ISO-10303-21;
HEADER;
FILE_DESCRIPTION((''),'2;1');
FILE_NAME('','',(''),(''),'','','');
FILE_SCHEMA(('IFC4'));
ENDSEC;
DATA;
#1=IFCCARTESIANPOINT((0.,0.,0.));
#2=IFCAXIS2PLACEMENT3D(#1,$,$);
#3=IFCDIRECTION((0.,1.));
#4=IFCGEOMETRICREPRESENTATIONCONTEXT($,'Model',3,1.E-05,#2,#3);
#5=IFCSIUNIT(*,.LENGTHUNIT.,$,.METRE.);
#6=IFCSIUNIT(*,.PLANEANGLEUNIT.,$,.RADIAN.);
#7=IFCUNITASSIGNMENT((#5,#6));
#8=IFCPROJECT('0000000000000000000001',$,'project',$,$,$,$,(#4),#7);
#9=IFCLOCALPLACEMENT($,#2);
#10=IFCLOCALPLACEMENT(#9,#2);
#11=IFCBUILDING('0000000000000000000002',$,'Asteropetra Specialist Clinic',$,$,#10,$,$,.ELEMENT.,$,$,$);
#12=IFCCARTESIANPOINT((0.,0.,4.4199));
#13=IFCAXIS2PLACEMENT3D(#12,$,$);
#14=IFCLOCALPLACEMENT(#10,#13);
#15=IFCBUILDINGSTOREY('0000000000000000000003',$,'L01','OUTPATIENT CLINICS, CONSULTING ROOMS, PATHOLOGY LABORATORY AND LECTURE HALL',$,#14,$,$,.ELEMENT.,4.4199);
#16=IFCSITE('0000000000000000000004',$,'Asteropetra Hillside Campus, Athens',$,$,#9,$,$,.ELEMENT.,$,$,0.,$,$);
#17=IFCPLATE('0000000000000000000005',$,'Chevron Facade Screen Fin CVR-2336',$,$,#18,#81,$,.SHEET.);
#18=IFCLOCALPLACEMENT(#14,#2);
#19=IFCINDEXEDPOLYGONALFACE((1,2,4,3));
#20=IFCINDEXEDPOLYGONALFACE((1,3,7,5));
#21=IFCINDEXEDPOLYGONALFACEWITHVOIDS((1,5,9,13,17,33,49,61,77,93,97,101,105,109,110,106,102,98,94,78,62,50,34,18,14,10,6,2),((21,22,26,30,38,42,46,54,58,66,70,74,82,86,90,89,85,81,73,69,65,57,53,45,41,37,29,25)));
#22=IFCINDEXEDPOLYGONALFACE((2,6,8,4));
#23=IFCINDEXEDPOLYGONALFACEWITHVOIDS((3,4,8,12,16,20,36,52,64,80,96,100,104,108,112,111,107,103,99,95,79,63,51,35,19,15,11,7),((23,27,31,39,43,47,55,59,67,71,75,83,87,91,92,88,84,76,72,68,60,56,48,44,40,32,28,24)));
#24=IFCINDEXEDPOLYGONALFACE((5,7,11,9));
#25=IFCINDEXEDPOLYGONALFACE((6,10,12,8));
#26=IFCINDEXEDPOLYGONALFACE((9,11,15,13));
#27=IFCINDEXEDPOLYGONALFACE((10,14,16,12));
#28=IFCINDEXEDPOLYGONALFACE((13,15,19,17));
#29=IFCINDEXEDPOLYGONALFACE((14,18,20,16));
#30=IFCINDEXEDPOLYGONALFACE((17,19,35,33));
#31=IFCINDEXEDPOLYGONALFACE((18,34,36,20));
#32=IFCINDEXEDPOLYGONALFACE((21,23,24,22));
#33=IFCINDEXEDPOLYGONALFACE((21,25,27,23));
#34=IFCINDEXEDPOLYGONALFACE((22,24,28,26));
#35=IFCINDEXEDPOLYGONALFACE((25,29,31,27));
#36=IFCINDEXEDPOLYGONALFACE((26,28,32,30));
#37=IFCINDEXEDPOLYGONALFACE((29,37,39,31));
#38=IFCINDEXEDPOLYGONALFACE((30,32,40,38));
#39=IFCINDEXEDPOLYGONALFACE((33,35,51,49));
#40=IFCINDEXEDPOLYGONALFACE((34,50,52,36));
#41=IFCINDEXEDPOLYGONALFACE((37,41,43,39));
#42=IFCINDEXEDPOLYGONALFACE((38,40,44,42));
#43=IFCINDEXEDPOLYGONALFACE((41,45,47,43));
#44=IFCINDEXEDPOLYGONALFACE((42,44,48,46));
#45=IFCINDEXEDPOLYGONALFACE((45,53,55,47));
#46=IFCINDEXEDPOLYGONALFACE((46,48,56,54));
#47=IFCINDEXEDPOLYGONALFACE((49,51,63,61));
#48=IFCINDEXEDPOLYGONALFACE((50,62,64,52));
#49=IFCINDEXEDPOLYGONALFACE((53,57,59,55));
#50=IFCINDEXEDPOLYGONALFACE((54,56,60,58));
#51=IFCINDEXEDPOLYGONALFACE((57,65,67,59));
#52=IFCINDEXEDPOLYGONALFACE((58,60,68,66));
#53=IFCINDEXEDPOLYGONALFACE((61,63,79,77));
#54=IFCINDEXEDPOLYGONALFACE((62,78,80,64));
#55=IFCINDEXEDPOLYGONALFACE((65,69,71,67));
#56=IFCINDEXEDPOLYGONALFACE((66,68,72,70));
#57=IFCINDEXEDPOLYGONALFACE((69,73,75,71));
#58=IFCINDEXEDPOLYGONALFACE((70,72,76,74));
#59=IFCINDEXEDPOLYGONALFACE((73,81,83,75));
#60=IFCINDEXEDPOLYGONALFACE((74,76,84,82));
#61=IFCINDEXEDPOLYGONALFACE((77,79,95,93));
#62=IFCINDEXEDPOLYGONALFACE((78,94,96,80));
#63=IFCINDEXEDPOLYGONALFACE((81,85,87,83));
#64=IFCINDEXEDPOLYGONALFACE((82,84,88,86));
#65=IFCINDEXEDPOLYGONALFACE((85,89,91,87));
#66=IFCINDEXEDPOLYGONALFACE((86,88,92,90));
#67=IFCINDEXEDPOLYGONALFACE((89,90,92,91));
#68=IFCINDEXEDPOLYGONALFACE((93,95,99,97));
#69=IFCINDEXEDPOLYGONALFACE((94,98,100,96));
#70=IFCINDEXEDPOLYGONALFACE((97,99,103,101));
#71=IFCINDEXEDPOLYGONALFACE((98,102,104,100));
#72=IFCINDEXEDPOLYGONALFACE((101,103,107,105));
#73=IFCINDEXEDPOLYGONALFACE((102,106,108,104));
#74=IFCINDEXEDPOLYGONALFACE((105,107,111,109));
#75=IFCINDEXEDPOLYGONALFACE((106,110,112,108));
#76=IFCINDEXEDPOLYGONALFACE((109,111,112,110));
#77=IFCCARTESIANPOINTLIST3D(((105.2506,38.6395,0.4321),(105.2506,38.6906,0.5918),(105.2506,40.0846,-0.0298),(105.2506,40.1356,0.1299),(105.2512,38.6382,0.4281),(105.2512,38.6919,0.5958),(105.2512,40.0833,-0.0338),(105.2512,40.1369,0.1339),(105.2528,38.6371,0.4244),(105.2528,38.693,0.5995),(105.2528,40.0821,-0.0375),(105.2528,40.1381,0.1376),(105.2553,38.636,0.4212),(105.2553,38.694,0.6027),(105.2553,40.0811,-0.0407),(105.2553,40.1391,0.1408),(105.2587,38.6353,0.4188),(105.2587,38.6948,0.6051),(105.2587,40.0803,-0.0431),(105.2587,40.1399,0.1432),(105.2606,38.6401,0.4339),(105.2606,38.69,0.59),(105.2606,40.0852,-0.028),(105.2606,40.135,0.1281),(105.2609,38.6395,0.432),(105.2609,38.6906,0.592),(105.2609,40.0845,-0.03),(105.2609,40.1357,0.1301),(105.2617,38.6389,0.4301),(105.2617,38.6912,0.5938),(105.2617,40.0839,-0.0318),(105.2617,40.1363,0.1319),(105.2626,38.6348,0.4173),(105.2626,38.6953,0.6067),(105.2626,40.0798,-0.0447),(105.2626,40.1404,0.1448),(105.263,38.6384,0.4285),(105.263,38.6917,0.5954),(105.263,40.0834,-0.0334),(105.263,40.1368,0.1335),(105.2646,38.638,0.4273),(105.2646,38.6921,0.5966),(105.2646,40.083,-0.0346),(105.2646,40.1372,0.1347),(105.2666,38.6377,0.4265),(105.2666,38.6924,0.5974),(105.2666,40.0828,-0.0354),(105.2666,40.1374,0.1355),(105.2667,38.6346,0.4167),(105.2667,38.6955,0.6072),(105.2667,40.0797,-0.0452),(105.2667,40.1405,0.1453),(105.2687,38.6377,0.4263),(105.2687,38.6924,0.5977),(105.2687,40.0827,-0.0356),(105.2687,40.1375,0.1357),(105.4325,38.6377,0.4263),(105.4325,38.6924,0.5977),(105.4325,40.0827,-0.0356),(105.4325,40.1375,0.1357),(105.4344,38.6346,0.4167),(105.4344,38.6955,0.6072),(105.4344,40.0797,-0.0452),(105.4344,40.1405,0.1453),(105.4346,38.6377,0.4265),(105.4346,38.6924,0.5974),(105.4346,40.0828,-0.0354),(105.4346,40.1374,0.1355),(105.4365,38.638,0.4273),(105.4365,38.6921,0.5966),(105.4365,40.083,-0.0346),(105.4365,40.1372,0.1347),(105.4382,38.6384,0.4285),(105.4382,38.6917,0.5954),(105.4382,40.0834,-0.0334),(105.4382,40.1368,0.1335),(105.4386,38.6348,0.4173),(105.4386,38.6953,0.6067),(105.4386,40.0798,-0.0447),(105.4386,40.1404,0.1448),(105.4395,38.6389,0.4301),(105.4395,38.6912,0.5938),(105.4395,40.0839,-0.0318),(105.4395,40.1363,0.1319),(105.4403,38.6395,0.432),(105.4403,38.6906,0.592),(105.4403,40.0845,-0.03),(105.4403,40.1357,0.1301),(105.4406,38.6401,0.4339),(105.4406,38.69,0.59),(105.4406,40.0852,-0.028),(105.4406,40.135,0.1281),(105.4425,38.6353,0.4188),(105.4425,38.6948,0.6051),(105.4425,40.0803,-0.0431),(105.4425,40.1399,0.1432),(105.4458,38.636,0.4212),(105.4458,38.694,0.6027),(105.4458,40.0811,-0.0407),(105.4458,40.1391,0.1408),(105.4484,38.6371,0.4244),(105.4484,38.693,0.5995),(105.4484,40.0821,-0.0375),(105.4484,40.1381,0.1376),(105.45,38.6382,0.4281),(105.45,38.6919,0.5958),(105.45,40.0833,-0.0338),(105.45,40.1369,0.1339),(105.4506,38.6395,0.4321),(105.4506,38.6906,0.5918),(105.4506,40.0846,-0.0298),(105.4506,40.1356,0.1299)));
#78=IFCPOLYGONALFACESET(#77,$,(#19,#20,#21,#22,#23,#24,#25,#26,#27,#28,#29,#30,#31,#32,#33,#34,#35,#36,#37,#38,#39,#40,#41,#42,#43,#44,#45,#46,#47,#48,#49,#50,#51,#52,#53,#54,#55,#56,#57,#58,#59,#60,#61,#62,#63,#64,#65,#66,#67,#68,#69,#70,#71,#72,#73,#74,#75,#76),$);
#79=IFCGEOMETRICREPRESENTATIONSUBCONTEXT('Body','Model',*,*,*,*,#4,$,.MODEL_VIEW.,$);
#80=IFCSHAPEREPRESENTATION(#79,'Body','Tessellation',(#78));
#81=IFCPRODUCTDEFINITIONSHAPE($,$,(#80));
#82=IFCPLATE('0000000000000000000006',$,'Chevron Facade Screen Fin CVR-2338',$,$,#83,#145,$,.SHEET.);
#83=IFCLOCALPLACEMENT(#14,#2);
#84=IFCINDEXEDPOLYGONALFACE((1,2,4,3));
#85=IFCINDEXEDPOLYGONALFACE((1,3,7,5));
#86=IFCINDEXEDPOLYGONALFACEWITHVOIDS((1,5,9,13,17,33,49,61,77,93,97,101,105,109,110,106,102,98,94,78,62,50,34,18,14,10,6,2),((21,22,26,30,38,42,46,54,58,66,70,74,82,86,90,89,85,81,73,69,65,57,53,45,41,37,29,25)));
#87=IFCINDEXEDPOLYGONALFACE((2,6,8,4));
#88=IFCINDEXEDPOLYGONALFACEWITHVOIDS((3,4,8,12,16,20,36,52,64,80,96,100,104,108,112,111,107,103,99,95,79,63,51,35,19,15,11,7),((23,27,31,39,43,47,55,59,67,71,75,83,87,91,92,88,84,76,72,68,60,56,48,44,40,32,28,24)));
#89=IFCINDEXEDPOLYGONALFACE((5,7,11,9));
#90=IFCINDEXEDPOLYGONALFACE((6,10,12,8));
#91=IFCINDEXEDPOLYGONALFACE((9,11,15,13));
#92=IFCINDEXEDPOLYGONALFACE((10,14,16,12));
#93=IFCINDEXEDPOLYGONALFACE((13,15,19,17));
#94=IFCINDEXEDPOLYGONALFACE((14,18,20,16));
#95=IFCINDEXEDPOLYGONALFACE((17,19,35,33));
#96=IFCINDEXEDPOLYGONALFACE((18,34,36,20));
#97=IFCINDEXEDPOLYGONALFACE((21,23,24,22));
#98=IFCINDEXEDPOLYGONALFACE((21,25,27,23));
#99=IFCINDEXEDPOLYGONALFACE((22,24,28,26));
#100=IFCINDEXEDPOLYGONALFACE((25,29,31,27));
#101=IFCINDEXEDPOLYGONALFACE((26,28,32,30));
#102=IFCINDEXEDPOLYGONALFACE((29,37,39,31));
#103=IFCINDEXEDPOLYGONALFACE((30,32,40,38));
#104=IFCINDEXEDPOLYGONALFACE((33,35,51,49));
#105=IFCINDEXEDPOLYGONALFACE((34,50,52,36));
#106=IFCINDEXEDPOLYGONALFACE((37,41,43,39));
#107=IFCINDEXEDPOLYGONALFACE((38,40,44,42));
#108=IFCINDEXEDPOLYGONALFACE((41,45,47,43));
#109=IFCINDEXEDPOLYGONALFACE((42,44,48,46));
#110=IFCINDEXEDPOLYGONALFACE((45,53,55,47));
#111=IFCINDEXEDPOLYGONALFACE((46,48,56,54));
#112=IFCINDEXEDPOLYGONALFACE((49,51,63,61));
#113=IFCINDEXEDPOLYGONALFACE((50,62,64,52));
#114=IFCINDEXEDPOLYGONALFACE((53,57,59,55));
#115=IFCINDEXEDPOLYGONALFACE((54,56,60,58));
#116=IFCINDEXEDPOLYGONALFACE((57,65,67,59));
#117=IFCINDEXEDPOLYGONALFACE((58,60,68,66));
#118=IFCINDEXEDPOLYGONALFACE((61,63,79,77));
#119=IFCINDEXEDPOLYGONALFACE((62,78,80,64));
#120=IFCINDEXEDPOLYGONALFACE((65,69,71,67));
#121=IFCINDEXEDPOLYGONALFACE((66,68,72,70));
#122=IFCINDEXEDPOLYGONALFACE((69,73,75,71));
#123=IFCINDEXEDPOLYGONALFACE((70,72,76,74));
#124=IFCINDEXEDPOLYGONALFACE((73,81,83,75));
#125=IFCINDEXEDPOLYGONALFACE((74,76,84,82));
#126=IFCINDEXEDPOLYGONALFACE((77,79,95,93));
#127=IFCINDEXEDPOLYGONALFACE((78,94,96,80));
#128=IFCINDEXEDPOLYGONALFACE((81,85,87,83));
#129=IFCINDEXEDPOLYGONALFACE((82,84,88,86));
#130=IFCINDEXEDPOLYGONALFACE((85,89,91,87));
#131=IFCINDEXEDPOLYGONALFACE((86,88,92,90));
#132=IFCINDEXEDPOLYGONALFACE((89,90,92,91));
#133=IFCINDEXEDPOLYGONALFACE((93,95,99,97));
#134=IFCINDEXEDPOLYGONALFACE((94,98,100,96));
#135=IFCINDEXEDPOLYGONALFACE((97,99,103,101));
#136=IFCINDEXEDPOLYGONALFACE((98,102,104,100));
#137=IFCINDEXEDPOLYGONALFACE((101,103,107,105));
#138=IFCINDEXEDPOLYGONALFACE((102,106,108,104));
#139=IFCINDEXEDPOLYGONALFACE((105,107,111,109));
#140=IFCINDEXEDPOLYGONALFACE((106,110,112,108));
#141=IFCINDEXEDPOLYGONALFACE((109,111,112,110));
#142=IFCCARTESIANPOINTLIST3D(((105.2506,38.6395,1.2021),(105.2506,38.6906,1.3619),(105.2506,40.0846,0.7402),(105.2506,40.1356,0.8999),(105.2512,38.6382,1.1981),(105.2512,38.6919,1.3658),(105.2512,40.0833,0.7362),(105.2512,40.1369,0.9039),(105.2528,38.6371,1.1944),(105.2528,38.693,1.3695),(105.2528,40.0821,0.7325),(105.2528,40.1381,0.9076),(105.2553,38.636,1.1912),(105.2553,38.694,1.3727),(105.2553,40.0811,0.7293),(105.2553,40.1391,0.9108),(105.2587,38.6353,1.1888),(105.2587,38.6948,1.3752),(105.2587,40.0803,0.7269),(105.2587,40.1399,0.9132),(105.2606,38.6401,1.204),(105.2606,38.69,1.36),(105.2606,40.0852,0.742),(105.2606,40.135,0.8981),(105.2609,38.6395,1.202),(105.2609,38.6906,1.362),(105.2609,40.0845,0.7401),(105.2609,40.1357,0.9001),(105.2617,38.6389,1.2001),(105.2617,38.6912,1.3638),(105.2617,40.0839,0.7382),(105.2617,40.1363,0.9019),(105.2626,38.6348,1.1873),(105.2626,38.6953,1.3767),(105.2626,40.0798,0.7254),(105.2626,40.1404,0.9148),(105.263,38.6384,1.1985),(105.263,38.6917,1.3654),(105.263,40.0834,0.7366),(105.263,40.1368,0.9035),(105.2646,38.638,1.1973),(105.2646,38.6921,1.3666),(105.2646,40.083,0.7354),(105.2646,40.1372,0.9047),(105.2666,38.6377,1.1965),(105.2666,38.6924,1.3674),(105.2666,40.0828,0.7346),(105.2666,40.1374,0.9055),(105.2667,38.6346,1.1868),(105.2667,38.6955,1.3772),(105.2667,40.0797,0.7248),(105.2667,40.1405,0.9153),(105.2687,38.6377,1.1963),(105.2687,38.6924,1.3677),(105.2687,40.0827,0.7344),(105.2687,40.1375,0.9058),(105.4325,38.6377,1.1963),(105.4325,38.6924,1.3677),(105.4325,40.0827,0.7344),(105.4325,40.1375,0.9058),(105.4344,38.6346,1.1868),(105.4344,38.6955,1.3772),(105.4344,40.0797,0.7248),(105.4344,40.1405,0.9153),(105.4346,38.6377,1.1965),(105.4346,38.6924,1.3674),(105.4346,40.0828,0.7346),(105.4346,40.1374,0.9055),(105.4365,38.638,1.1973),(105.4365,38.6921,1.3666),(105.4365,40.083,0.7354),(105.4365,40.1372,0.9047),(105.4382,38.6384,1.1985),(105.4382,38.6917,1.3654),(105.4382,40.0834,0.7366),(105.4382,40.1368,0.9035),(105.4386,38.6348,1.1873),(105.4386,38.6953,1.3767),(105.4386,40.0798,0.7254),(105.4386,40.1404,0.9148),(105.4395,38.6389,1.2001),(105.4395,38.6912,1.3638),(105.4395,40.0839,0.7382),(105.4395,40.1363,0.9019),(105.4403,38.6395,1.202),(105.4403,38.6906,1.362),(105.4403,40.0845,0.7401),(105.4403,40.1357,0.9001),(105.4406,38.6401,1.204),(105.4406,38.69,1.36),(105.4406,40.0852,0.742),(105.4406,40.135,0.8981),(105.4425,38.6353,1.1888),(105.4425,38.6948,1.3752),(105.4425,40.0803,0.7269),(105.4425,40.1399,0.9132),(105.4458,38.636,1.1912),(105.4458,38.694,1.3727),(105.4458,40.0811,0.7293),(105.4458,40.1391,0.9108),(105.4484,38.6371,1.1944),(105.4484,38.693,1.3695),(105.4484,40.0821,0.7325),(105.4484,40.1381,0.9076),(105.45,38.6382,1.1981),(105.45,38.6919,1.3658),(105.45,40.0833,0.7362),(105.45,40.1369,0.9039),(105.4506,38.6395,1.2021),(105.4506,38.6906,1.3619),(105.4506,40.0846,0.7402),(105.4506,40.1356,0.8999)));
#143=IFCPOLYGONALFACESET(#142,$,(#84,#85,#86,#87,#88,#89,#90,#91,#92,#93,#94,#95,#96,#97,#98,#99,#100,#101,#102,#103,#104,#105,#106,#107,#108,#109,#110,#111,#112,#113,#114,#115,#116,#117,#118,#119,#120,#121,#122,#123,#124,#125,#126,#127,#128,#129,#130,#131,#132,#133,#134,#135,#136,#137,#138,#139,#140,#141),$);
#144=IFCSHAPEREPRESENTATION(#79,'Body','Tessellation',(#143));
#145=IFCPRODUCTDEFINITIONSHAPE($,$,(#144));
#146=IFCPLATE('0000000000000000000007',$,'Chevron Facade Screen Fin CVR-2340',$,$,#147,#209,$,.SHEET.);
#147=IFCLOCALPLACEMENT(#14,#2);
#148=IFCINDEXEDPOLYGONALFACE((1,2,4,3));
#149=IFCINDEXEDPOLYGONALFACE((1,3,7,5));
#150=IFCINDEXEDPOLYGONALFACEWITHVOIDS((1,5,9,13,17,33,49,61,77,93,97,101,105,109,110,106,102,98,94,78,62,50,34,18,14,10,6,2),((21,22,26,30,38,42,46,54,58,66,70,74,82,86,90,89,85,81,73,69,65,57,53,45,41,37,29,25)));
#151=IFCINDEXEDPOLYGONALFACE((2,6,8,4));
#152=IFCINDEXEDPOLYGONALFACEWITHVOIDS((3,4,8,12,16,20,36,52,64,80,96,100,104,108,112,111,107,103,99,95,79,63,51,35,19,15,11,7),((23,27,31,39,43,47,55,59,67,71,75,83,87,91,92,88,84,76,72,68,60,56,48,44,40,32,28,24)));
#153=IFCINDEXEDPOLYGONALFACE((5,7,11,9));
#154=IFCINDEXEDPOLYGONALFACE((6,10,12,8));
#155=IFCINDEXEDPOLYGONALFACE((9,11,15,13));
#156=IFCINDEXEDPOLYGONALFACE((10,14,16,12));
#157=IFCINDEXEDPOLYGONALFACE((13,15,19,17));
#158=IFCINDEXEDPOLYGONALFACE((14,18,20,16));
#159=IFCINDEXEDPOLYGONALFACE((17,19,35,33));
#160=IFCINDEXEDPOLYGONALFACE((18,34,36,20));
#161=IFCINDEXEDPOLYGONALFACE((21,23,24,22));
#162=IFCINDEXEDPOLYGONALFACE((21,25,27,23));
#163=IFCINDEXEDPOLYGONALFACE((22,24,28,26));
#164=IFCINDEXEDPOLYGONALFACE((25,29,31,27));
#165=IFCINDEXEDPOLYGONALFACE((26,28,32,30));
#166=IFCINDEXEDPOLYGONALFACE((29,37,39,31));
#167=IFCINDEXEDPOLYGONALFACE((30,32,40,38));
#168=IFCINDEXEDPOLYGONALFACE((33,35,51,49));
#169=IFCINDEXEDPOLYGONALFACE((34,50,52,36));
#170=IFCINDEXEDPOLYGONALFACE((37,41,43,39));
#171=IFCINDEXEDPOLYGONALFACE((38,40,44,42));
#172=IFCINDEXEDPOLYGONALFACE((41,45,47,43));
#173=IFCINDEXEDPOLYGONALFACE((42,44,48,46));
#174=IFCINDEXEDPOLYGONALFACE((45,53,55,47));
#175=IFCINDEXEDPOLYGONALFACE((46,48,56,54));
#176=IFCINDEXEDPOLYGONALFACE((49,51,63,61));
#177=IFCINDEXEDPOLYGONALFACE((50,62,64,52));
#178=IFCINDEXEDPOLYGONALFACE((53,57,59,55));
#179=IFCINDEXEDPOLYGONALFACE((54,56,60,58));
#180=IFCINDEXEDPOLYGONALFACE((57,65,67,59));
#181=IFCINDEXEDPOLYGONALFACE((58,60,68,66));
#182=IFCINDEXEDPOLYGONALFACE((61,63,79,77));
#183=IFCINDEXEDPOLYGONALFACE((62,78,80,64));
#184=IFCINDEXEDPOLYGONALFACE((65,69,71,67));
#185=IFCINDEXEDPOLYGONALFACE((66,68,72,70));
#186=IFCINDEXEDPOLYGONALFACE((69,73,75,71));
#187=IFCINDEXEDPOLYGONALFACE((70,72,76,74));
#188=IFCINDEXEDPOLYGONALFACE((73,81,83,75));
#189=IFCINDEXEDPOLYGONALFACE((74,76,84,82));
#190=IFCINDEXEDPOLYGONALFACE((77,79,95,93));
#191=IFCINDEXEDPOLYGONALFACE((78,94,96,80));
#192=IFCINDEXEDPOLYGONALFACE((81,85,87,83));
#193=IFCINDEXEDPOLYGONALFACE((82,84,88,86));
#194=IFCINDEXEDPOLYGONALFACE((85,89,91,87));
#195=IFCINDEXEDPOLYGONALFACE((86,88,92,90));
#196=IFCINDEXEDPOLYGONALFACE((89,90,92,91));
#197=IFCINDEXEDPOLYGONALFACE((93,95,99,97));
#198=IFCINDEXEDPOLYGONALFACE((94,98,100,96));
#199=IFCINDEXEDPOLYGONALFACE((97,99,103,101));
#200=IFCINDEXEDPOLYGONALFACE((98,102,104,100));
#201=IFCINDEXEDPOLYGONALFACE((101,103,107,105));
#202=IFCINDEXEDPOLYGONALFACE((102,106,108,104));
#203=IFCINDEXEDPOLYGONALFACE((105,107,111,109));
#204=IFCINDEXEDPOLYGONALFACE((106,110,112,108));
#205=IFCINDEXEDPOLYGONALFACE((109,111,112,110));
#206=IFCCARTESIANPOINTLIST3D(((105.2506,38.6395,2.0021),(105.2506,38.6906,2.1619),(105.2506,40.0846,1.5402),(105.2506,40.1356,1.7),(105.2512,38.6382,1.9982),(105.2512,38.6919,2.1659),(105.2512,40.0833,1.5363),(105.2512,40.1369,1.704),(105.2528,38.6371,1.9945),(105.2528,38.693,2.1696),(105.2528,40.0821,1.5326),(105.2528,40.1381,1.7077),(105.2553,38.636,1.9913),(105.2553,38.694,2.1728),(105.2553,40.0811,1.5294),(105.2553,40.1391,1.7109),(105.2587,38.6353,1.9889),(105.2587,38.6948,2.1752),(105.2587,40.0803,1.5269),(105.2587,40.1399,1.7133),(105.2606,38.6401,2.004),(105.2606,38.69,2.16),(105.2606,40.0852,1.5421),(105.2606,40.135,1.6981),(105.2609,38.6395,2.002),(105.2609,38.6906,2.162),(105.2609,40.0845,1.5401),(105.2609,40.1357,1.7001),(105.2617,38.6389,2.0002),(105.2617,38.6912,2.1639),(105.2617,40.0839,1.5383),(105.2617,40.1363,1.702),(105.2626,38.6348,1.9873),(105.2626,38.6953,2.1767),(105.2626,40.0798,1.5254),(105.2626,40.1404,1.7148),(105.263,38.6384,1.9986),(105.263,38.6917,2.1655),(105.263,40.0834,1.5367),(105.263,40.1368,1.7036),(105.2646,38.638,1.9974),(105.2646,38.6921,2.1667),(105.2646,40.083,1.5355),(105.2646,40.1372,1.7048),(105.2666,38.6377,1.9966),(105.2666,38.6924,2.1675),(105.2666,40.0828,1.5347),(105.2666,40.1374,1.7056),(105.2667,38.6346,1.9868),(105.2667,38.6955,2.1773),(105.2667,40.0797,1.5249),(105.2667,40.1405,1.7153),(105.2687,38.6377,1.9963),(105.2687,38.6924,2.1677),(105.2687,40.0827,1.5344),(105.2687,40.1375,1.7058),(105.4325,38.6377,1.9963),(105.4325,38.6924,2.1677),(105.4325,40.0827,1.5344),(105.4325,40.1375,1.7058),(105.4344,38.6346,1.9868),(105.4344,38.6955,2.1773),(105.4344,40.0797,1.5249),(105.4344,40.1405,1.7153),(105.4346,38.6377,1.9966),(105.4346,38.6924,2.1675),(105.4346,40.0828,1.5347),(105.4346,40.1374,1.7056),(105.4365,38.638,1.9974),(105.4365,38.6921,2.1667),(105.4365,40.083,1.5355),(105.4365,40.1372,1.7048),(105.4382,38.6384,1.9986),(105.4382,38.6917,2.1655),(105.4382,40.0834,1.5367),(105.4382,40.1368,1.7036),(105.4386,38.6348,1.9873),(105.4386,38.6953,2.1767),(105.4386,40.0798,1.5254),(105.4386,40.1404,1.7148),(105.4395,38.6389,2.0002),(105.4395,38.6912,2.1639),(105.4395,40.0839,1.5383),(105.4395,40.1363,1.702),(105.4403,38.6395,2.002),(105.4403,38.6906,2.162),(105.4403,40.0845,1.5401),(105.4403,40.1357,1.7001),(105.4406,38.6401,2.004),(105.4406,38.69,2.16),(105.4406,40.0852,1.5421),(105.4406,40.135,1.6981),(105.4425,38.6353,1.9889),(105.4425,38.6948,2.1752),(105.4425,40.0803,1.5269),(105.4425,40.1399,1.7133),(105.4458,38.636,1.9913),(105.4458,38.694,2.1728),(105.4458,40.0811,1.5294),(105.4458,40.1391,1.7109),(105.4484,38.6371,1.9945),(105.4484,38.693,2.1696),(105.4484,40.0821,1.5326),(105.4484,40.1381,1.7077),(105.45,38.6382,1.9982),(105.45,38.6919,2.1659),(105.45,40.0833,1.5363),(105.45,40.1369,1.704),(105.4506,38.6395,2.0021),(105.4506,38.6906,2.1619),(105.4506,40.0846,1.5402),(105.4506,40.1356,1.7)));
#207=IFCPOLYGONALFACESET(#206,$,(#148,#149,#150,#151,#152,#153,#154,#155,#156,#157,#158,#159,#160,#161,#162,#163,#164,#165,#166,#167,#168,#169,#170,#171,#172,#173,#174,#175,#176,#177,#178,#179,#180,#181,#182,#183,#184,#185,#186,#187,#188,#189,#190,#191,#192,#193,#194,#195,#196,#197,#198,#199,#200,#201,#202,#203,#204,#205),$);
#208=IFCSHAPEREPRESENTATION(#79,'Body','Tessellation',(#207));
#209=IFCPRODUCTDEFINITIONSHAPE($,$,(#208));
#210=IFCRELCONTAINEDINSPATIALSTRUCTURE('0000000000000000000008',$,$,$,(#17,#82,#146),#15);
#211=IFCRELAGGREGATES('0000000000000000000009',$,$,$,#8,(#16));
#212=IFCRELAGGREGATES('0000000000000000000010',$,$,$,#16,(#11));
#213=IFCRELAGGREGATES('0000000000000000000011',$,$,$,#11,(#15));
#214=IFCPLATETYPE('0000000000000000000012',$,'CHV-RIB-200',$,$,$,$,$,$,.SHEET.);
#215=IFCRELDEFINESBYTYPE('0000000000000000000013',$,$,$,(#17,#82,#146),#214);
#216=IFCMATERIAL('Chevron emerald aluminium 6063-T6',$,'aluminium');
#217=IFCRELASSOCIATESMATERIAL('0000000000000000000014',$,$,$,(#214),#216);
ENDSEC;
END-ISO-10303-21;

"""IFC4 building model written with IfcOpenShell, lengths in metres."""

from ifc_helpers import new_model, si_unit, direction, frame, origin, origin_2d, place, context, subcontext, project, spatial, hollow_rectangle, extrude, material, material_profile, profile_set, type_object, element, save


model = new_model("IFC4")

# Units and contexts
model_context = context("Model", 3, precision=1e-05, world=origin(), true_north=direction((0.0, 1.0)))
body_context = subcontext(model_context, "Body", "Model", "MODEL_VIEW")
ifc_project = project(units=[si_unit("LENGTHUNIT", "METRE"), si_unit("PLANEANGLEUNIT", "RADIAN")], contexts=[model_context])

# Site, building, storey
site_placement = place(None, origin())
site = spatial("IfcSite", under=ifc_project, at=site_placement, Name="Asteropetra Hillside Campus, Athens", CompositionType="ELEMENT", RefElevation=0.0)
building_placement = place(site_placement, origin())
building = spatial("IfcBuilding", under=site, at=building_placement, Name="Asteropetra Specialist Clinic", CompositionType="ELEMENT")
storey_placement = place(building_placement, frame((0.0, 0.0, 4.4199)))
storey = spatial("IfcBuildingStorey", under=building, at=storey_placement, Name="L01", Description="OUTPATIENT CLINICS, CONSULTING ROOMS, PATHOLOGY LABORATORY AND LECTURE HALL", CompositionType="ELEMENT", Elevation=4.4199)

# Plates
ifc_material_1 = material(Name="Chevron emerald aluminium 6063-T6", Category="aluminium")
ifc_material_profile_1 = material_profile(ifc_material_1, hollow_rectangle(XDim=0.2, YDim=0.2, WallThickness=0.01, InnerFilletRadius=0.0081, OuterFilletRadius=0.0161, at=origin_2d()), Name="SHS 200x200x10.0")
ifc_profile_set_1 = profile_set([ifc_material_profile_1], Name="Chevron emerald aluminium 6063-T6")
plate_type_1 = type_object("IfcPlateType", Name="CHV-RIB-200", PredefinedType="SHEET", material=ifc_profile_set_1)
for number, where, z_axis, x_axis, name in (
    (1, (105.3506, 40.1101, 0.05), (0.0, -0.952521, 0.304472), (1.0, 0.0, 0.0), "Chevron Facade Screen Fin CVR-2336"),
    (2, (105.3506, 40.1101, 0.8201), (0.0, -0.952521, 0.304472), (1.0, 0.0, 0.0), "Chevron Facade Screen Fin CVR-2338"),
    (3, (105.3506, 40.1101, 1.6201), (0.0, -0.952521, 0.304472), (1.0, 0.0, 0.0), "Chevron Facade Screen Fin CVR-2340"),
):
    element("IfcPlate", number, at=place(storey_placement, frame(where, z_axis=z_axis, x_axis=x_axis)), inside=storey, type_object=plate_type_1, Name=name, PredefinedType="SHEET", context=body_context, shape_type="SweptSolid", body=[
        extrude(hollow_rectangle(XDim=0.2, YDim=0.2, WallThickness=0.01, InnerFilletRadius=0.0081, OuterFilletRadius=0.0161, at=origin_2d()), origin(), (0.0, 0.0, 1.0), 1.5171),
    ])

save(model, "model.ifc")
